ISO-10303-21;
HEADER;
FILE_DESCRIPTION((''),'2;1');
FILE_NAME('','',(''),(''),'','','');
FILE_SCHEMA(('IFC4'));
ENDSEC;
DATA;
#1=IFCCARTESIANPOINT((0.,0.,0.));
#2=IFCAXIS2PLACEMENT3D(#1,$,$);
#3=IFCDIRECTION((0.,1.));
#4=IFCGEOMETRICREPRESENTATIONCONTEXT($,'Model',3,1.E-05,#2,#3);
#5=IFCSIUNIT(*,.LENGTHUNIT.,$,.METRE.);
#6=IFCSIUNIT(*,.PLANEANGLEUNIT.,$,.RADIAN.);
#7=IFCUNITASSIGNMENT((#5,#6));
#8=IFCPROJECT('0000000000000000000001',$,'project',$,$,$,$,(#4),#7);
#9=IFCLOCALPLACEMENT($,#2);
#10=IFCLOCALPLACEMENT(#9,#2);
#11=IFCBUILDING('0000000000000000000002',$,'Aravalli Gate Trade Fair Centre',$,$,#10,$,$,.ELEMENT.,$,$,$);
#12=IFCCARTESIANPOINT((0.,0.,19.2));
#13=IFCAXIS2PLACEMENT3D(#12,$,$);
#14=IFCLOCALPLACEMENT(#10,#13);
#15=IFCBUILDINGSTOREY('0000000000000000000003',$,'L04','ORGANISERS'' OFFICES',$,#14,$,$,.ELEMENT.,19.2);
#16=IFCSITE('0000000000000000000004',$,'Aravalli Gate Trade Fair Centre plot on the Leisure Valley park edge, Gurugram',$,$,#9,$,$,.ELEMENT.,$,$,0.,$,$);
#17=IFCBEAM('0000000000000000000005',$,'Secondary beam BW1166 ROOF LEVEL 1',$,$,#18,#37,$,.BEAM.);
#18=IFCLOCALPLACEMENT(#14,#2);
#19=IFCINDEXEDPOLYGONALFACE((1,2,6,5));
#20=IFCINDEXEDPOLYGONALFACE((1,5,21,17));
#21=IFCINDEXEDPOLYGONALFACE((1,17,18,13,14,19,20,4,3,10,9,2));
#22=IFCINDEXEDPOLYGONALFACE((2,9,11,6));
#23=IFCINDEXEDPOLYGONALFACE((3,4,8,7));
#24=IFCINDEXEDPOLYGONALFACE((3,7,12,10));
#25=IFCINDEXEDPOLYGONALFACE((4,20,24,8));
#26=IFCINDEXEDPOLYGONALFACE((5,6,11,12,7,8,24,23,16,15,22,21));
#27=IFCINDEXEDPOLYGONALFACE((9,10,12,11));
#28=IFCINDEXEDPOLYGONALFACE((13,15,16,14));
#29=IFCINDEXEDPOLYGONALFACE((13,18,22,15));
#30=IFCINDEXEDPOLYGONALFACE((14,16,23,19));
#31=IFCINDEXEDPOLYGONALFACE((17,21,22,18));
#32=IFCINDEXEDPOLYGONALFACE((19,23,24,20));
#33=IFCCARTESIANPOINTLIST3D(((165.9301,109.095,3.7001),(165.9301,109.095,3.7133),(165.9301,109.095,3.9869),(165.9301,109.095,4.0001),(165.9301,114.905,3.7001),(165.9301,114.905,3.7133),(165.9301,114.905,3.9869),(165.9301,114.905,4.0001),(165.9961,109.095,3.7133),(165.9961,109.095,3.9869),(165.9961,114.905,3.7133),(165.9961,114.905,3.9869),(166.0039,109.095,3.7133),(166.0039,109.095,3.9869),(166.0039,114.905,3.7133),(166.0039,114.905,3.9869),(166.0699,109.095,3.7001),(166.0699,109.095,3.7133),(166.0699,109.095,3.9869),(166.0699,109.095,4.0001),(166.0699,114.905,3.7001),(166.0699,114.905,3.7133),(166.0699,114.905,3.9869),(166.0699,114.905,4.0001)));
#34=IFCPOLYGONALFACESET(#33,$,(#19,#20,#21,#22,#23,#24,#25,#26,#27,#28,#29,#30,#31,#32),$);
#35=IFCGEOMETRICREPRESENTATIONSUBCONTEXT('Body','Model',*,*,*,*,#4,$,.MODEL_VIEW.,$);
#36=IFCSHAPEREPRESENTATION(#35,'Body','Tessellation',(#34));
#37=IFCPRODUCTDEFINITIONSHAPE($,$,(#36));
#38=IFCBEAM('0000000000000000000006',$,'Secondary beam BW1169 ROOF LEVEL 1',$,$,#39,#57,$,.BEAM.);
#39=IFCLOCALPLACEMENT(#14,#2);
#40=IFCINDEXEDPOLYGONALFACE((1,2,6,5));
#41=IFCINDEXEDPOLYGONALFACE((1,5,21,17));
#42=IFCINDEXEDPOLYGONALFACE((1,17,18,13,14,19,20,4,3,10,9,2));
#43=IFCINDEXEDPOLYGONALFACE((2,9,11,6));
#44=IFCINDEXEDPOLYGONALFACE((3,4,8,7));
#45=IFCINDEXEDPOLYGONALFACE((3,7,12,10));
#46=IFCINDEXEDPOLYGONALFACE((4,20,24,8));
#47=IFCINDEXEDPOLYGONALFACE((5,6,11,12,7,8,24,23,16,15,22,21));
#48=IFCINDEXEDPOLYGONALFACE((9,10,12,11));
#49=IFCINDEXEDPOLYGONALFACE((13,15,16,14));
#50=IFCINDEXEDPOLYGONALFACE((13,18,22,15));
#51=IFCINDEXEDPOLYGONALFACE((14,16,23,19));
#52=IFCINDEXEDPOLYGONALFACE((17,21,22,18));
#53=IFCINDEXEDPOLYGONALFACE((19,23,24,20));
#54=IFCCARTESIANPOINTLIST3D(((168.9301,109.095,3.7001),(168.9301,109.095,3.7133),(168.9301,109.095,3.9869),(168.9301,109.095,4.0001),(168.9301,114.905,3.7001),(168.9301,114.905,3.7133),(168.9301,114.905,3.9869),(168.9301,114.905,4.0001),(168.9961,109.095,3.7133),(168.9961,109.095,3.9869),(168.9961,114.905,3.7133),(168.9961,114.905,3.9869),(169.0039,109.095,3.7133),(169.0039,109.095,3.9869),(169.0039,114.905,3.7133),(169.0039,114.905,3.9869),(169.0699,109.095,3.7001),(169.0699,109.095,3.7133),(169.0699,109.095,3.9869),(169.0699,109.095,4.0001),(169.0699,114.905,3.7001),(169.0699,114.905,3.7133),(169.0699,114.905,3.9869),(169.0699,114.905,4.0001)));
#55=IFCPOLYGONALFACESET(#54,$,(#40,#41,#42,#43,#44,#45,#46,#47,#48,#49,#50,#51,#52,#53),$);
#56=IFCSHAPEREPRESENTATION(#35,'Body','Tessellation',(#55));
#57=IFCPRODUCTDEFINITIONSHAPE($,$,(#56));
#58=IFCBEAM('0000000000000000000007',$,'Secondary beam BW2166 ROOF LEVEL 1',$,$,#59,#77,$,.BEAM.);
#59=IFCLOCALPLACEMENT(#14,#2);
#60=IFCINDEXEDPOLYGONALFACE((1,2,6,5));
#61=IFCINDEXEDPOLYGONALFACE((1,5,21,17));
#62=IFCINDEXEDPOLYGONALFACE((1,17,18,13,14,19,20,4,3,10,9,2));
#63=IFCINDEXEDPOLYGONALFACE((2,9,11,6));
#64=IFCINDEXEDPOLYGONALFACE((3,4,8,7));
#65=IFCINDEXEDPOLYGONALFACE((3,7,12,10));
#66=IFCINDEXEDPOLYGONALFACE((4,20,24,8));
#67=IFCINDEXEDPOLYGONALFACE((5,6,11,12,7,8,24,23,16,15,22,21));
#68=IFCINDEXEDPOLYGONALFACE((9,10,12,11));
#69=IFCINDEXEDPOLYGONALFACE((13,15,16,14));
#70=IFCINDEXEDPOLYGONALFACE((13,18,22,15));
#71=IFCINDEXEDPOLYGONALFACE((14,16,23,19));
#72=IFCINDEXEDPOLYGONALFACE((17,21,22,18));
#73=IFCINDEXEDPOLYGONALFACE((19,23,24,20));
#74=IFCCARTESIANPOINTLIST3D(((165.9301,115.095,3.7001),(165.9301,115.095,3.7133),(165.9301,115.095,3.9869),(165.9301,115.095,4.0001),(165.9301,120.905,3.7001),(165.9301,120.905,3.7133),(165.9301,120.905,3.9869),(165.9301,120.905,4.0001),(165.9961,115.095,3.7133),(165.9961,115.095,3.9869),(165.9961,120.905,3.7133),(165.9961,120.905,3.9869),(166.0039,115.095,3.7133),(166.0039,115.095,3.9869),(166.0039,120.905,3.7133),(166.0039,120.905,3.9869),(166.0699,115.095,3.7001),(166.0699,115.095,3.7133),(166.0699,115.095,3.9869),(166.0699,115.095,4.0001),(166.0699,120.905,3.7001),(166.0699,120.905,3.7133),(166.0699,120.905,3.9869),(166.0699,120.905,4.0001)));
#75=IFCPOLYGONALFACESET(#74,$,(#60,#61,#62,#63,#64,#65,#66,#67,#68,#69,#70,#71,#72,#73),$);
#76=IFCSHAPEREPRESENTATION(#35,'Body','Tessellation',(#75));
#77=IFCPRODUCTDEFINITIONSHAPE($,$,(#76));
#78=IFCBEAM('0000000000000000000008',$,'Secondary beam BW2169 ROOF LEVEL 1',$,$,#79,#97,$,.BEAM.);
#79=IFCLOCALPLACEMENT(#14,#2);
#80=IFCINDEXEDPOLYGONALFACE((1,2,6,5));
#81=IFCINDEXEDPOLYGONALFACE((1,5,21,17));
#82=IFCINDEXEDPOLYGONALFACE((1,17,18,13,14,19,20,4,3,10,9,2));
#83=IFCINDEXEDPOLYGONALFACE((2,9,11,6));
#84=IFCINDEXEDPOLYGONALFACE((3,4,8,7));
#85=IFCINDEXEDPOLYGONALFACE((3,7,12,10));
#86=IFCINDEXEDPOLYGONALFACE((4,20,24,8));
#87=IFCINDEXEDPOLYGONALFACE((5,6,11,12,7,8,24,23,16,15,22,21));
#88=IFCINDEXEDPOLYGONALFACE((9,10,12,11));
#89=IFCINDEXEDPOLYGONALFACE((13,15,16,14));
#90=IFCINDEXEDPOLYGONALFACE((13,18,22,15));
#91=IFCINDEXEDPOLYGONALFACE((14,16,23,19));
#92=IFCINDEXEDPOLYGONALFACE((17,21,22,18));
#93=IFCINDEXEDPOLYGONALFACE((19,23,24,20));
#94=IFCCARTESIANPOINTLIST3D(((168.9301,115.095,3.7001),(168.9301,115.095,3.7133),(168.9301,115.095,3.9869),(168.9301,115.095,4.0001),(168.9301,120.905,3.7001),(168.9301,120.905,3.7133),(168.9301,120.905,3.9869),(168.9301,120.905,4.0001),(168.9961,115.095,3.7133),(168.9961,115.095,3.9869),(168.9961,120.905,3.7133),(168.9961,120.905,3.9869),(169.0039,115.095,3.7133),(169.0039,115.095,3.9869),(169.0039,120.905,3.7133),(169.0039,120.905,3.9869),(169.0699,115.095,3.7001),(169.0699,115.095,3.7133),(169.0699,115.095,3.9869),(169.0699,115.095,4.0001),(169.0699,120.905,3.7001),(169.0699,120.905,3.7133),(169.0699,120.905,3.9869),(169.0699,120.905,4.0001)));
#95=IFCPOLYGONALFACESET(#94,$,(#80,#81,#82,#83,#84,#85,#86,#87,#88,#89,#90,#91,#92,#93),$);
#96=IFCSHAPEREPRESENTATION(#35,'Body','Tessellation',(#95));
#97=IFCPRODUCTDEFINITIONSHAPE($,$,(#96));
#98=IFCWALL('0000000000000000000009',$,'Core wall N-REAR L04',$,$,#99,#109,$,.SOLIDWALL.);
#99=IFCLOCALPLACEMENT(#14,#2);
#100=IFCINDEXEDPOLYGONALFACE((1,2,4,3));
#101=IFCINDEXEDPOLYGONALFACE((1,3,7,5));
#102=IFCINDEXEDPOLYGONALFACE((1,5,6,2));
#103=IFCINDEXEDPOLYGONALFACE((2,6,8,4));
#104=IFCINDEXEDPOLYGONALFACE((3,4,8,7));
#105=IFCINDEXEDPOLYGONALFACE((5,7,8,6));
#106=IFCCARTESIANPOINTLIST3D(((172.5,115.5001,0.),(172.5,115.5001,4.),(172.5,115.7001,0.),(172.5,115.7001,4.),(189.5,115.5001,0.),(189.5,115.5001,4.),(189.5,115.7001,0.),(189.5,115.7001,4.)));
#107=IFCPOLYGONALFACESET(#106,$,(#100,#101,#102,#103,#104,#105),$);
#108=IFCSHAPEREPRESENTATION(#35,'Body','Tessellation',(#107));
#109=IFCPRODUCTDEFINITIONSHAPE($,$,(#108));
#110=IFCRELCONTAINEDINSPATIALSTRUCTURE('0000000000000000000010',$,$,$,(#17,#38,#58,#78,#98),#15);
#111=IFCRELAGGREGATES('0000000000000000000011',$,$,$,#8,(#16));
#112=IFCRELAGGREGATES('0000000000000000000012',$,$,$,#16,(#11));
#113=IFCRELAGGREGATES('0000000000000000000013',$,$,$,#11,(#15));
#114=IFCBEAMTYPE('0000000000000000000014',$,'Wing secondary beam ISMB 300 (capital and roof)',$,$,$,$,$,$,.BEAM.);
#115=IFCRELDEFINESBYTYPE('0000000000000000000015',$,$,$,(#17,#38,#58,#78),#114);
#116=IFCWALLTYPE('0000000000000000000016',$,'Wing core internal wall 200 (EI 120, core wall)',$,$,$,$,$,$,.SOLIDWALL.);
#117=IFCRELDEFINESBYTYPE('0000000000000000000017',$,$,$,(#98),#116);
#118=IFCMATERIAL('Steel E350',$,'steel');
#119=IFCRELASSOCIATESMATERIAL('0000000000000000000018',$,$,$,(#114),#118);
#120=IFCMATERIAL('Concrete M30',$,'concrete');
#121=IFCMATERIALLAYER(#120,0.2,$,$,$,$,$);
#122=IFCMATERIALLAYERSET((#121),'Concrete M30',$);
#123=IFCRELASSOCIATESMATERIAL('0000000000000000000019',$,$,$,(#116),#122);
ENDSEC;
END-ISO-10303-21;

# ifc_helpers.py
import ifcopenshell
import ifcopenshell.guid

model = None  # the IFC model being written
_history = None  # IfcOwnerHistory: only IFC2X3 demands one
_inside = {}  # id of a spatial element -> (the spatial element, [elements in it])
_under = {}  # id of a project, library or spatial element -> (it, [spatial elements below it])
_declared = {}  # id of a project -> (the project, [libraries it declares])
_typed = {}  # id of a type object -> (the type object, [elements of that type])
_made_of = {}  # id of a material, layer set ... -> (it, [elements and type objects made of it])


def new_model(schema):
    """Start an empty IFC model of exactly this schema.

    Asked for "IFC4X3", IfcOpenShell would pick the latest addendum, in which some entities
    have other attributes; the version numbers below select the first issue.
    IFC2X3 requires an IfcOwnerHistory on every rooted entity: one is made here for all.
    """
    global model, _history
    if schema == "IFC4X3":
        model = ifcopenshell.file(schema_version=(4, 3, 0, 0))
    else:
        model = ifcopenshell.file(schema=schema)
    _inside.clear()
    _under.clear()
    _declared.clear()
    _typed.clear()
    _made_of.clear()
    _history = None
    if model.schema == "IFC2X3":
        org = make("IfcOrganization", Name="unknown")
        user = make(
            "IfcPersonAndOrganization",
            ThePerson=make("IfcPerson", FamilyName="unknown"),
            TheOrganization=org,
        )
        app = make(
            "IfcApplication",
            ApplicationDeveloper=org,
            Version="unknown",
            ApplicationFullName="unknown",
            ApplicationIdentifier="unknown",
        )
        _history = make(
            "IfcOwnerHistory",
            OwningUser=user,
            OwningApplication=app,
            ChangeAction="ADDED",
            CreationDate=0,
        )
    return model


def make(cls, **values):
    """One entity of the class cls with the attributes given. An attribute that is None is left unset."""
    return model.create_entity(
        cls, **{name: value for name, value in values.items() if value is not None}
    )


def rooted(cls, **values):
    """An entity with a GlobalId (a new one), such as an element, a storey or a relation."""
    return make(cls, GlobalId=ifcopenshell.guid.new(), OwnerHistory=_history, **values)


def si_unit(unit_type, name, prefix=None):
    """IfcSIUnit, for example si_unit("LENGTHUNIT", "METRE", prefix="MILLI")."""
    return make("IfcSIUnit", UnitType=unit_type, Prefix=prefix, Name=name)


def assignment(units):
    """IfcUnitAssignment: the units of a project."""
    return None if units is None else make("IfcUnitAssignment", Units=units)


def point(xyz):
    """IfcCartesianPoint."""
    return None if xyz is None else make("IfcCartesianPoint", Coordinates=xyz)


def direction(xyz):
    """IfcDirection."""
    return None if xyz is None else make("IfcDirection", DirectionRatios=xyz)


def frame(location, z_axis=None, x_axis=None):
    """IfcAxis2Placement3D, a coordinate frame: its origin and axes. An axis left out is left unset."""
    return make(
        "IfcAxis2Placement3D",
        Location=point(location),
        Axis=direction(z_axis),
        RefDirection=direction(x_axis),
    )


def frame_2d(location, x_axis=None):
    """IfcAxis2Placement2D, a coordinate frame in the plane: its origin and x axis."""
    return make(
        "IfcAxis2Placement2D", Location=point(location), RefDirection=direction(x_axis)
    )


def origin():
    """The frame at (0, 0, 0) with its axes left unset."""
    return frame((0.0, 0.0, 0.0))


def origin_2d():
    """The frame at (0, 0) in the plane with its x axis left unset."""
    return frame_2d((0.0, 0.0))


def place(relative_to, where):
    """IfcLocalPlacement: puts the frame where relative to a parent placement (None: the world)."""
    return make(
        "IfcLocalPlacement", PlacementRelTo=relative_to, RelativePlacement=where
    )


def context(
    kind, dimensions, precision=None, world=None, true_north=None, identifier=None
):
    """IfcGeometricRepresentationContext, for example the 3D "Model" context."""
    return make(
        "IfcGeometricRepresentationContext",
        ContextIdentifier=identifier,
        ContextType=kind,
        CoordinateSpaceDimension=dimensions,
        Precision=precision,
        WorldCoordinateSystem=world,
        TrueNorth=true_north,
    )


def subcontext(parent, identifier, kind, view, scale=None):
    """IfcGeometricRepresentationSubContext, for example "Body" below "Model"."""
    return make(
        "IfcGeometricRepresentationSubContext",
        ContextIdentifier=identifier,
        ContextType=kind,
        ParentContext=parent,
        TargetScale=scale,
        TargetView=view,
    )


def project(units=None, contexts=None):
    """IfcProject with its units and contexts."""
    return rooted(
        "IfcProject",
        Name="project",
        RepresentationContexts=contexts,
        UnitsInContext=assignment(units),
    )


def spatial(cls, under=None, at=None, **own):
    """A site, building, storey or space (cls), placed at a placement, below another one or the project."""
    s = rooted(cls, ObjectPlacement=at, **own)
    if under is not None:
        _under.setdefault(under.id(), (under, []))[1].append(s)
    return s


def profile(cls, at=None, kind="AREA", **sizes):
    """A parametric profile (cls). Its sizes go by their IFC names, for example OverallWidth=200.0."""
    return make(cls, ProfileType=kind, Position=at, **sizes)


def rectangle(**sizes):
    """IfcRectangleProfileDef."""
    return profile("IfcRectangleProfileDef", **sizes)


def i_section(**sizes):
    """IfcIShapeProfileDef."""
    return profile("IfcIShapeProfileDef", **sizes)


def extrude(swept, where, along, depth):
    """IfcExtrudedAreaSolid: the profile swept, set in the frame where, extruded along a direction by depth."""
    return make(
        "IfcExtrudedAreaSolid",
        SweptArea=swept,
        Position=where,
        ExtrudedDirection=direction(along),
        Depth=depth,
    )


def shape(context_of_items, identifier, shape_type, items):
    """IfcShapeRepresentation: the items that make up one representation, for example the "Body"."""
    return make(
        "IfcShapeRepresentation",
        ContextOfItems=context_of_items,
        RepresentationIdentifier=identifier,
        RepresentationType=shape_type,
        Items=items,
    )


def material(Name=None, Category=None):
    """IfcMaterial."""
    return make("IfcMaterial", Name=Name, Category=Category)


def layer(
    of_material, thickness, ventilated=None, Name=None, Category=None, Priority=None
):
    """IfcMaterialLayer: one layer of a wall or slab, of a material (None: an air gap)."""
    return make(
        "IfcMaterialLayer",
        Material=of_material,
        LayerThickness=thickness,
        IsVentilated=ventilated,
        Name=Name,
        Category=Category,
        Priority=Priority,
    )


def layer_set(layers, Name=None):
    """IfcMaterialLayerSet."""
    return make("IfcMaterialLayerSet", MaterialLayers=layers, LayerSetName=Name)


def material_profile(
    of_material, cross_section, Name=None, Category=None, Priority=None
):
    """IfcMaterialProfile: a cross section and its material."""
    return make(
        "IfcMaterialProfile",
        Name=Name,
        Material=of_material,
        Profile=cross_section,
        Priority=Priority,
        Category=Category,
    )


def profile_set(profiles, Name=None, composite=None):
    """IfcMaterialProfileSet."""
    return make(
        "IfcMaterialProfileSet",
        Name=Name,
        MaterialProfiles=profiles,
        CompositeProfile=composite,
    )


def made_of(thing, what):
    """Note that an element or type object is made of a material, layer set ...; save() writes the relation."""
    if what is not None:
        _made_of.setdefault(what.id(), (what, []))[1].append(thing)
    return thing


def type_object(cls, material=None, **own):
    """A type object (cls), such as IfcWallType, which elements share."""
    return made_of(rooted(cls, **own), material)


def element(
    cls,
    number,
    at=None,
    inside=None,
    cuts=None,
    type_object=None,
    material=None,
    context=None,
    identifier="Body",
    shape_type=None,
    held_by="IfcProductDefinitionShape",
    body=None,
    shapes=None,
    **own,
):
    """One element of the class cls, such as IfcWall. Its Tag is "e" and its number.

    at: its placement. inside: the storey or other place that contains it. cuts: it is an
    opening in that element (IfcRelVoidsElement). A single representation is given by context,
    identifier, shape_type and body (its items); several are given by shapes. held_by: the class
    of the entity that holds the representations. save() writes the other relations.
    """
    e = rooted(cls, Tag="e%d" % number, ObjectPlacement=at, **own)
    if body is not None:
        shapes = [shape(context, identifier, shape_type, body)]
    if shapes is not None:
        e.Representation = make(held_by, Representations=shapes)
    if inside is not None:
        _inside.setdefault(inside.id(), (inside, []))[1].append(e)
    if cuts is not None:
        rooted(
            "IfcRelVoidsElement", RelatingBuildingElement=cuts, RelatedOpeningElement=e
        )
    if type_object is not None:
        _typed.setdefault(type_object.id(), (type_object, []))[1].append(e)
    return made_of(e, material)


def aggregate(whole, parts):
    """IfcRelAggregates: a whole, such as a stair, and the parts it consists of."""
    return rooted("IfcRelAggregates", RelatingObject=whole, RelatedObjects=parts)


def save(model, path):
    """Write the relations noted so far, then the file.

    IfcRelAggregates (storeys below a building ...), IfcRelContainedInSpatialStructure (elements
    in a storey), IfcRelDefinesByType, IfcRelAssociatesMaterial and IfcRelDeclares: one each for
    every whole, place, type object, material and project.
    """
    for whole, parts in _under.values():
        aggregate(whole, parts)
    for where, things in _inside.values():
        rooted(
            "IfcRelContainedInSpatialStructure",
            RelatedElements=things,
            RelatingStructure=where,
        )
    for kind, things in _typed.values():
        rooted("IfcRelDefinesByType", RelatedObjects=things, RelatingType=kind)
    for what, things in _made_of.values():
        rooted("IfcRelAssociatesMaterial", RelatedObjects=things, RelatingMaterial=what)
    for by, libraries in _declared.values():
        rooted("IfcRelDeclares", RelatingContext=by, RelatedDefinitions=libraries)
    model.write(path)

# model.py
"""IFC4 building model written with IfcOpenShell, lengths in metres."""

from ifc_helpers import new_model, si_unit, direction, frame, frame_2d, origin, origin_2d, place, context, subcontext, project, spatial, rectangle, i_section, extrude, material, layer, layer_set, material_profile, profile_set, type_object, element, save


model = new_model("IFC4")

# Units and contexts
model_context = context("Model", 3, precision=1e-05, world=origin(), true_north=direction((0.0, 1.0)))
body_context = subcontext(model_context, "Body", "Model", "MODEL_VIEW")
ifc_project = project(units=[si_unit("LENGTHUNIT", "METRE"), si_unit("PLANEANGLEUNIT", "RADIAN")], contexts=[model_context])

# Site, building, storey
site_placement = place(None, origin())
site = spatial("IfcSite", under=ifc_project, at=site_placement, Name="Aravalli Gate Trade Fair Centre plot on the Leisure Valley park edge, Gurugram", CompositionType="ELEMENT", RefElevation=0.0)
building_placement = place(site_placement, origin())
building = spatial("IfcBuilding", under=site, at=building_placement, Name="Aravalli Gate Trade Fair Centre", CompositionType="ELEMENT")
storey_placement = place(building_placement, frame((0.0, 0.0, 19.2)))
storey = spatial("IfcBuildingStorey", under=building, at=storey_placement, Name="L04", Description="ORGANISERS' OFFICES", CompositionType="ELEMENT", Elevation=19.2)

# Beams
ifc_material_1 = material(Name="Steel E350", Category="steel")
ifc_material_profile = material_profile(ifc_material_1, i_section(OverallWidth=0.1399, OverallDepth=0.3, WebThickness=0.0078, FlangeThickness=0.0132, at=origin_2d()), Name="ISMB 300")
ifc_profile_set = profile_set([ifc_material_profile], Name="Steel E350")
beam_type = type_object("IfcBeamType", Name="Wing secondary beam ISMB 300 (capital and roof)", PredefinedType="BEAM", material=ifc_profile_set)
for number, where, z_axis, x_axis, name in (
    (1, (166.0, 109.095, 3.8501), (0.0, 1.0, 0.0), (-1.0, 0.0, 0.0), "Secondary beam BW1166 ROOF LEVEL 1"),
    (2, (169.0, 109.095, 3.8501), (0.0, 1.0, 0.0), (-1.0, 0.0, 0.0), "Secondary beam BW1169 ROOF LEVEL 1"),
    (3, (166.0, 115.095, 3.8501), (0.0, 1.0, 0.0), (-1.0, 0.0, 0.0), "Secondary beam BW2166 ROOF LEVEL 1"),
    (4, (169.0, 115.095, 3.8501), (0.0, 1.0, 0.0), (-1.0, 0.0, 0.0), "Secondary beam BW2169 ROOF LEVEL 1"),
):
    element("IfcBeam", number, at=place(storey_placement, frame(where, z_axis=z_axis, x_axis=x_axis)), inside=storey, type_object=beam_type, Name=name, PredefinedType="BEAM", context=body_context, shape_type="SweptSolid", body=[
        extrude(i_section(OverallWidth=0.1399, OverallDepth=0.3, WebThickness=0.0078, FlangeThickness=0.0132, at=origin_2d()), origin(), (0.0, 0.0, 1.0), 5.8101),
    ])

# Wall
ifc_material_2 = material(Name="Concrete M30", Category="concrete")
ifc_layer_1 = layer(ifc_material_2, 0.2)
ifc_layer_set_1 = layer_set([ifc_layer_1], Name="Concrete M30")
wall_type_1 = type_object("IfcWallType", Name="Wing core internal wall 200 (EI 120, core wall)", PredefinedType="SOLIDWALL", material=ifc_layer_set_1)
wall_1_placement = place(storey_placement, frame((172.5, 115.6001, 0.0), z_axis=(0.0, 0.0, 1.0), x_axis=(1.0, 0.0, 0.0)))
element("IfcWall", 5, at=wall_1_placement, inside=storey, type_object=wall_type_1, Name="Core wall N-REAR L04", PredefinedType="SOLIDWALL", context=body_context, shape_type="SweptSolid", body=[
    extrude(rectangle(XDim=17.0, YDim=0.2, at=frame_2d((8.5, 0.0))), origin(), (0.0, 0.0, 1.0), 4.0),
])

save(model, "model.ifc")
